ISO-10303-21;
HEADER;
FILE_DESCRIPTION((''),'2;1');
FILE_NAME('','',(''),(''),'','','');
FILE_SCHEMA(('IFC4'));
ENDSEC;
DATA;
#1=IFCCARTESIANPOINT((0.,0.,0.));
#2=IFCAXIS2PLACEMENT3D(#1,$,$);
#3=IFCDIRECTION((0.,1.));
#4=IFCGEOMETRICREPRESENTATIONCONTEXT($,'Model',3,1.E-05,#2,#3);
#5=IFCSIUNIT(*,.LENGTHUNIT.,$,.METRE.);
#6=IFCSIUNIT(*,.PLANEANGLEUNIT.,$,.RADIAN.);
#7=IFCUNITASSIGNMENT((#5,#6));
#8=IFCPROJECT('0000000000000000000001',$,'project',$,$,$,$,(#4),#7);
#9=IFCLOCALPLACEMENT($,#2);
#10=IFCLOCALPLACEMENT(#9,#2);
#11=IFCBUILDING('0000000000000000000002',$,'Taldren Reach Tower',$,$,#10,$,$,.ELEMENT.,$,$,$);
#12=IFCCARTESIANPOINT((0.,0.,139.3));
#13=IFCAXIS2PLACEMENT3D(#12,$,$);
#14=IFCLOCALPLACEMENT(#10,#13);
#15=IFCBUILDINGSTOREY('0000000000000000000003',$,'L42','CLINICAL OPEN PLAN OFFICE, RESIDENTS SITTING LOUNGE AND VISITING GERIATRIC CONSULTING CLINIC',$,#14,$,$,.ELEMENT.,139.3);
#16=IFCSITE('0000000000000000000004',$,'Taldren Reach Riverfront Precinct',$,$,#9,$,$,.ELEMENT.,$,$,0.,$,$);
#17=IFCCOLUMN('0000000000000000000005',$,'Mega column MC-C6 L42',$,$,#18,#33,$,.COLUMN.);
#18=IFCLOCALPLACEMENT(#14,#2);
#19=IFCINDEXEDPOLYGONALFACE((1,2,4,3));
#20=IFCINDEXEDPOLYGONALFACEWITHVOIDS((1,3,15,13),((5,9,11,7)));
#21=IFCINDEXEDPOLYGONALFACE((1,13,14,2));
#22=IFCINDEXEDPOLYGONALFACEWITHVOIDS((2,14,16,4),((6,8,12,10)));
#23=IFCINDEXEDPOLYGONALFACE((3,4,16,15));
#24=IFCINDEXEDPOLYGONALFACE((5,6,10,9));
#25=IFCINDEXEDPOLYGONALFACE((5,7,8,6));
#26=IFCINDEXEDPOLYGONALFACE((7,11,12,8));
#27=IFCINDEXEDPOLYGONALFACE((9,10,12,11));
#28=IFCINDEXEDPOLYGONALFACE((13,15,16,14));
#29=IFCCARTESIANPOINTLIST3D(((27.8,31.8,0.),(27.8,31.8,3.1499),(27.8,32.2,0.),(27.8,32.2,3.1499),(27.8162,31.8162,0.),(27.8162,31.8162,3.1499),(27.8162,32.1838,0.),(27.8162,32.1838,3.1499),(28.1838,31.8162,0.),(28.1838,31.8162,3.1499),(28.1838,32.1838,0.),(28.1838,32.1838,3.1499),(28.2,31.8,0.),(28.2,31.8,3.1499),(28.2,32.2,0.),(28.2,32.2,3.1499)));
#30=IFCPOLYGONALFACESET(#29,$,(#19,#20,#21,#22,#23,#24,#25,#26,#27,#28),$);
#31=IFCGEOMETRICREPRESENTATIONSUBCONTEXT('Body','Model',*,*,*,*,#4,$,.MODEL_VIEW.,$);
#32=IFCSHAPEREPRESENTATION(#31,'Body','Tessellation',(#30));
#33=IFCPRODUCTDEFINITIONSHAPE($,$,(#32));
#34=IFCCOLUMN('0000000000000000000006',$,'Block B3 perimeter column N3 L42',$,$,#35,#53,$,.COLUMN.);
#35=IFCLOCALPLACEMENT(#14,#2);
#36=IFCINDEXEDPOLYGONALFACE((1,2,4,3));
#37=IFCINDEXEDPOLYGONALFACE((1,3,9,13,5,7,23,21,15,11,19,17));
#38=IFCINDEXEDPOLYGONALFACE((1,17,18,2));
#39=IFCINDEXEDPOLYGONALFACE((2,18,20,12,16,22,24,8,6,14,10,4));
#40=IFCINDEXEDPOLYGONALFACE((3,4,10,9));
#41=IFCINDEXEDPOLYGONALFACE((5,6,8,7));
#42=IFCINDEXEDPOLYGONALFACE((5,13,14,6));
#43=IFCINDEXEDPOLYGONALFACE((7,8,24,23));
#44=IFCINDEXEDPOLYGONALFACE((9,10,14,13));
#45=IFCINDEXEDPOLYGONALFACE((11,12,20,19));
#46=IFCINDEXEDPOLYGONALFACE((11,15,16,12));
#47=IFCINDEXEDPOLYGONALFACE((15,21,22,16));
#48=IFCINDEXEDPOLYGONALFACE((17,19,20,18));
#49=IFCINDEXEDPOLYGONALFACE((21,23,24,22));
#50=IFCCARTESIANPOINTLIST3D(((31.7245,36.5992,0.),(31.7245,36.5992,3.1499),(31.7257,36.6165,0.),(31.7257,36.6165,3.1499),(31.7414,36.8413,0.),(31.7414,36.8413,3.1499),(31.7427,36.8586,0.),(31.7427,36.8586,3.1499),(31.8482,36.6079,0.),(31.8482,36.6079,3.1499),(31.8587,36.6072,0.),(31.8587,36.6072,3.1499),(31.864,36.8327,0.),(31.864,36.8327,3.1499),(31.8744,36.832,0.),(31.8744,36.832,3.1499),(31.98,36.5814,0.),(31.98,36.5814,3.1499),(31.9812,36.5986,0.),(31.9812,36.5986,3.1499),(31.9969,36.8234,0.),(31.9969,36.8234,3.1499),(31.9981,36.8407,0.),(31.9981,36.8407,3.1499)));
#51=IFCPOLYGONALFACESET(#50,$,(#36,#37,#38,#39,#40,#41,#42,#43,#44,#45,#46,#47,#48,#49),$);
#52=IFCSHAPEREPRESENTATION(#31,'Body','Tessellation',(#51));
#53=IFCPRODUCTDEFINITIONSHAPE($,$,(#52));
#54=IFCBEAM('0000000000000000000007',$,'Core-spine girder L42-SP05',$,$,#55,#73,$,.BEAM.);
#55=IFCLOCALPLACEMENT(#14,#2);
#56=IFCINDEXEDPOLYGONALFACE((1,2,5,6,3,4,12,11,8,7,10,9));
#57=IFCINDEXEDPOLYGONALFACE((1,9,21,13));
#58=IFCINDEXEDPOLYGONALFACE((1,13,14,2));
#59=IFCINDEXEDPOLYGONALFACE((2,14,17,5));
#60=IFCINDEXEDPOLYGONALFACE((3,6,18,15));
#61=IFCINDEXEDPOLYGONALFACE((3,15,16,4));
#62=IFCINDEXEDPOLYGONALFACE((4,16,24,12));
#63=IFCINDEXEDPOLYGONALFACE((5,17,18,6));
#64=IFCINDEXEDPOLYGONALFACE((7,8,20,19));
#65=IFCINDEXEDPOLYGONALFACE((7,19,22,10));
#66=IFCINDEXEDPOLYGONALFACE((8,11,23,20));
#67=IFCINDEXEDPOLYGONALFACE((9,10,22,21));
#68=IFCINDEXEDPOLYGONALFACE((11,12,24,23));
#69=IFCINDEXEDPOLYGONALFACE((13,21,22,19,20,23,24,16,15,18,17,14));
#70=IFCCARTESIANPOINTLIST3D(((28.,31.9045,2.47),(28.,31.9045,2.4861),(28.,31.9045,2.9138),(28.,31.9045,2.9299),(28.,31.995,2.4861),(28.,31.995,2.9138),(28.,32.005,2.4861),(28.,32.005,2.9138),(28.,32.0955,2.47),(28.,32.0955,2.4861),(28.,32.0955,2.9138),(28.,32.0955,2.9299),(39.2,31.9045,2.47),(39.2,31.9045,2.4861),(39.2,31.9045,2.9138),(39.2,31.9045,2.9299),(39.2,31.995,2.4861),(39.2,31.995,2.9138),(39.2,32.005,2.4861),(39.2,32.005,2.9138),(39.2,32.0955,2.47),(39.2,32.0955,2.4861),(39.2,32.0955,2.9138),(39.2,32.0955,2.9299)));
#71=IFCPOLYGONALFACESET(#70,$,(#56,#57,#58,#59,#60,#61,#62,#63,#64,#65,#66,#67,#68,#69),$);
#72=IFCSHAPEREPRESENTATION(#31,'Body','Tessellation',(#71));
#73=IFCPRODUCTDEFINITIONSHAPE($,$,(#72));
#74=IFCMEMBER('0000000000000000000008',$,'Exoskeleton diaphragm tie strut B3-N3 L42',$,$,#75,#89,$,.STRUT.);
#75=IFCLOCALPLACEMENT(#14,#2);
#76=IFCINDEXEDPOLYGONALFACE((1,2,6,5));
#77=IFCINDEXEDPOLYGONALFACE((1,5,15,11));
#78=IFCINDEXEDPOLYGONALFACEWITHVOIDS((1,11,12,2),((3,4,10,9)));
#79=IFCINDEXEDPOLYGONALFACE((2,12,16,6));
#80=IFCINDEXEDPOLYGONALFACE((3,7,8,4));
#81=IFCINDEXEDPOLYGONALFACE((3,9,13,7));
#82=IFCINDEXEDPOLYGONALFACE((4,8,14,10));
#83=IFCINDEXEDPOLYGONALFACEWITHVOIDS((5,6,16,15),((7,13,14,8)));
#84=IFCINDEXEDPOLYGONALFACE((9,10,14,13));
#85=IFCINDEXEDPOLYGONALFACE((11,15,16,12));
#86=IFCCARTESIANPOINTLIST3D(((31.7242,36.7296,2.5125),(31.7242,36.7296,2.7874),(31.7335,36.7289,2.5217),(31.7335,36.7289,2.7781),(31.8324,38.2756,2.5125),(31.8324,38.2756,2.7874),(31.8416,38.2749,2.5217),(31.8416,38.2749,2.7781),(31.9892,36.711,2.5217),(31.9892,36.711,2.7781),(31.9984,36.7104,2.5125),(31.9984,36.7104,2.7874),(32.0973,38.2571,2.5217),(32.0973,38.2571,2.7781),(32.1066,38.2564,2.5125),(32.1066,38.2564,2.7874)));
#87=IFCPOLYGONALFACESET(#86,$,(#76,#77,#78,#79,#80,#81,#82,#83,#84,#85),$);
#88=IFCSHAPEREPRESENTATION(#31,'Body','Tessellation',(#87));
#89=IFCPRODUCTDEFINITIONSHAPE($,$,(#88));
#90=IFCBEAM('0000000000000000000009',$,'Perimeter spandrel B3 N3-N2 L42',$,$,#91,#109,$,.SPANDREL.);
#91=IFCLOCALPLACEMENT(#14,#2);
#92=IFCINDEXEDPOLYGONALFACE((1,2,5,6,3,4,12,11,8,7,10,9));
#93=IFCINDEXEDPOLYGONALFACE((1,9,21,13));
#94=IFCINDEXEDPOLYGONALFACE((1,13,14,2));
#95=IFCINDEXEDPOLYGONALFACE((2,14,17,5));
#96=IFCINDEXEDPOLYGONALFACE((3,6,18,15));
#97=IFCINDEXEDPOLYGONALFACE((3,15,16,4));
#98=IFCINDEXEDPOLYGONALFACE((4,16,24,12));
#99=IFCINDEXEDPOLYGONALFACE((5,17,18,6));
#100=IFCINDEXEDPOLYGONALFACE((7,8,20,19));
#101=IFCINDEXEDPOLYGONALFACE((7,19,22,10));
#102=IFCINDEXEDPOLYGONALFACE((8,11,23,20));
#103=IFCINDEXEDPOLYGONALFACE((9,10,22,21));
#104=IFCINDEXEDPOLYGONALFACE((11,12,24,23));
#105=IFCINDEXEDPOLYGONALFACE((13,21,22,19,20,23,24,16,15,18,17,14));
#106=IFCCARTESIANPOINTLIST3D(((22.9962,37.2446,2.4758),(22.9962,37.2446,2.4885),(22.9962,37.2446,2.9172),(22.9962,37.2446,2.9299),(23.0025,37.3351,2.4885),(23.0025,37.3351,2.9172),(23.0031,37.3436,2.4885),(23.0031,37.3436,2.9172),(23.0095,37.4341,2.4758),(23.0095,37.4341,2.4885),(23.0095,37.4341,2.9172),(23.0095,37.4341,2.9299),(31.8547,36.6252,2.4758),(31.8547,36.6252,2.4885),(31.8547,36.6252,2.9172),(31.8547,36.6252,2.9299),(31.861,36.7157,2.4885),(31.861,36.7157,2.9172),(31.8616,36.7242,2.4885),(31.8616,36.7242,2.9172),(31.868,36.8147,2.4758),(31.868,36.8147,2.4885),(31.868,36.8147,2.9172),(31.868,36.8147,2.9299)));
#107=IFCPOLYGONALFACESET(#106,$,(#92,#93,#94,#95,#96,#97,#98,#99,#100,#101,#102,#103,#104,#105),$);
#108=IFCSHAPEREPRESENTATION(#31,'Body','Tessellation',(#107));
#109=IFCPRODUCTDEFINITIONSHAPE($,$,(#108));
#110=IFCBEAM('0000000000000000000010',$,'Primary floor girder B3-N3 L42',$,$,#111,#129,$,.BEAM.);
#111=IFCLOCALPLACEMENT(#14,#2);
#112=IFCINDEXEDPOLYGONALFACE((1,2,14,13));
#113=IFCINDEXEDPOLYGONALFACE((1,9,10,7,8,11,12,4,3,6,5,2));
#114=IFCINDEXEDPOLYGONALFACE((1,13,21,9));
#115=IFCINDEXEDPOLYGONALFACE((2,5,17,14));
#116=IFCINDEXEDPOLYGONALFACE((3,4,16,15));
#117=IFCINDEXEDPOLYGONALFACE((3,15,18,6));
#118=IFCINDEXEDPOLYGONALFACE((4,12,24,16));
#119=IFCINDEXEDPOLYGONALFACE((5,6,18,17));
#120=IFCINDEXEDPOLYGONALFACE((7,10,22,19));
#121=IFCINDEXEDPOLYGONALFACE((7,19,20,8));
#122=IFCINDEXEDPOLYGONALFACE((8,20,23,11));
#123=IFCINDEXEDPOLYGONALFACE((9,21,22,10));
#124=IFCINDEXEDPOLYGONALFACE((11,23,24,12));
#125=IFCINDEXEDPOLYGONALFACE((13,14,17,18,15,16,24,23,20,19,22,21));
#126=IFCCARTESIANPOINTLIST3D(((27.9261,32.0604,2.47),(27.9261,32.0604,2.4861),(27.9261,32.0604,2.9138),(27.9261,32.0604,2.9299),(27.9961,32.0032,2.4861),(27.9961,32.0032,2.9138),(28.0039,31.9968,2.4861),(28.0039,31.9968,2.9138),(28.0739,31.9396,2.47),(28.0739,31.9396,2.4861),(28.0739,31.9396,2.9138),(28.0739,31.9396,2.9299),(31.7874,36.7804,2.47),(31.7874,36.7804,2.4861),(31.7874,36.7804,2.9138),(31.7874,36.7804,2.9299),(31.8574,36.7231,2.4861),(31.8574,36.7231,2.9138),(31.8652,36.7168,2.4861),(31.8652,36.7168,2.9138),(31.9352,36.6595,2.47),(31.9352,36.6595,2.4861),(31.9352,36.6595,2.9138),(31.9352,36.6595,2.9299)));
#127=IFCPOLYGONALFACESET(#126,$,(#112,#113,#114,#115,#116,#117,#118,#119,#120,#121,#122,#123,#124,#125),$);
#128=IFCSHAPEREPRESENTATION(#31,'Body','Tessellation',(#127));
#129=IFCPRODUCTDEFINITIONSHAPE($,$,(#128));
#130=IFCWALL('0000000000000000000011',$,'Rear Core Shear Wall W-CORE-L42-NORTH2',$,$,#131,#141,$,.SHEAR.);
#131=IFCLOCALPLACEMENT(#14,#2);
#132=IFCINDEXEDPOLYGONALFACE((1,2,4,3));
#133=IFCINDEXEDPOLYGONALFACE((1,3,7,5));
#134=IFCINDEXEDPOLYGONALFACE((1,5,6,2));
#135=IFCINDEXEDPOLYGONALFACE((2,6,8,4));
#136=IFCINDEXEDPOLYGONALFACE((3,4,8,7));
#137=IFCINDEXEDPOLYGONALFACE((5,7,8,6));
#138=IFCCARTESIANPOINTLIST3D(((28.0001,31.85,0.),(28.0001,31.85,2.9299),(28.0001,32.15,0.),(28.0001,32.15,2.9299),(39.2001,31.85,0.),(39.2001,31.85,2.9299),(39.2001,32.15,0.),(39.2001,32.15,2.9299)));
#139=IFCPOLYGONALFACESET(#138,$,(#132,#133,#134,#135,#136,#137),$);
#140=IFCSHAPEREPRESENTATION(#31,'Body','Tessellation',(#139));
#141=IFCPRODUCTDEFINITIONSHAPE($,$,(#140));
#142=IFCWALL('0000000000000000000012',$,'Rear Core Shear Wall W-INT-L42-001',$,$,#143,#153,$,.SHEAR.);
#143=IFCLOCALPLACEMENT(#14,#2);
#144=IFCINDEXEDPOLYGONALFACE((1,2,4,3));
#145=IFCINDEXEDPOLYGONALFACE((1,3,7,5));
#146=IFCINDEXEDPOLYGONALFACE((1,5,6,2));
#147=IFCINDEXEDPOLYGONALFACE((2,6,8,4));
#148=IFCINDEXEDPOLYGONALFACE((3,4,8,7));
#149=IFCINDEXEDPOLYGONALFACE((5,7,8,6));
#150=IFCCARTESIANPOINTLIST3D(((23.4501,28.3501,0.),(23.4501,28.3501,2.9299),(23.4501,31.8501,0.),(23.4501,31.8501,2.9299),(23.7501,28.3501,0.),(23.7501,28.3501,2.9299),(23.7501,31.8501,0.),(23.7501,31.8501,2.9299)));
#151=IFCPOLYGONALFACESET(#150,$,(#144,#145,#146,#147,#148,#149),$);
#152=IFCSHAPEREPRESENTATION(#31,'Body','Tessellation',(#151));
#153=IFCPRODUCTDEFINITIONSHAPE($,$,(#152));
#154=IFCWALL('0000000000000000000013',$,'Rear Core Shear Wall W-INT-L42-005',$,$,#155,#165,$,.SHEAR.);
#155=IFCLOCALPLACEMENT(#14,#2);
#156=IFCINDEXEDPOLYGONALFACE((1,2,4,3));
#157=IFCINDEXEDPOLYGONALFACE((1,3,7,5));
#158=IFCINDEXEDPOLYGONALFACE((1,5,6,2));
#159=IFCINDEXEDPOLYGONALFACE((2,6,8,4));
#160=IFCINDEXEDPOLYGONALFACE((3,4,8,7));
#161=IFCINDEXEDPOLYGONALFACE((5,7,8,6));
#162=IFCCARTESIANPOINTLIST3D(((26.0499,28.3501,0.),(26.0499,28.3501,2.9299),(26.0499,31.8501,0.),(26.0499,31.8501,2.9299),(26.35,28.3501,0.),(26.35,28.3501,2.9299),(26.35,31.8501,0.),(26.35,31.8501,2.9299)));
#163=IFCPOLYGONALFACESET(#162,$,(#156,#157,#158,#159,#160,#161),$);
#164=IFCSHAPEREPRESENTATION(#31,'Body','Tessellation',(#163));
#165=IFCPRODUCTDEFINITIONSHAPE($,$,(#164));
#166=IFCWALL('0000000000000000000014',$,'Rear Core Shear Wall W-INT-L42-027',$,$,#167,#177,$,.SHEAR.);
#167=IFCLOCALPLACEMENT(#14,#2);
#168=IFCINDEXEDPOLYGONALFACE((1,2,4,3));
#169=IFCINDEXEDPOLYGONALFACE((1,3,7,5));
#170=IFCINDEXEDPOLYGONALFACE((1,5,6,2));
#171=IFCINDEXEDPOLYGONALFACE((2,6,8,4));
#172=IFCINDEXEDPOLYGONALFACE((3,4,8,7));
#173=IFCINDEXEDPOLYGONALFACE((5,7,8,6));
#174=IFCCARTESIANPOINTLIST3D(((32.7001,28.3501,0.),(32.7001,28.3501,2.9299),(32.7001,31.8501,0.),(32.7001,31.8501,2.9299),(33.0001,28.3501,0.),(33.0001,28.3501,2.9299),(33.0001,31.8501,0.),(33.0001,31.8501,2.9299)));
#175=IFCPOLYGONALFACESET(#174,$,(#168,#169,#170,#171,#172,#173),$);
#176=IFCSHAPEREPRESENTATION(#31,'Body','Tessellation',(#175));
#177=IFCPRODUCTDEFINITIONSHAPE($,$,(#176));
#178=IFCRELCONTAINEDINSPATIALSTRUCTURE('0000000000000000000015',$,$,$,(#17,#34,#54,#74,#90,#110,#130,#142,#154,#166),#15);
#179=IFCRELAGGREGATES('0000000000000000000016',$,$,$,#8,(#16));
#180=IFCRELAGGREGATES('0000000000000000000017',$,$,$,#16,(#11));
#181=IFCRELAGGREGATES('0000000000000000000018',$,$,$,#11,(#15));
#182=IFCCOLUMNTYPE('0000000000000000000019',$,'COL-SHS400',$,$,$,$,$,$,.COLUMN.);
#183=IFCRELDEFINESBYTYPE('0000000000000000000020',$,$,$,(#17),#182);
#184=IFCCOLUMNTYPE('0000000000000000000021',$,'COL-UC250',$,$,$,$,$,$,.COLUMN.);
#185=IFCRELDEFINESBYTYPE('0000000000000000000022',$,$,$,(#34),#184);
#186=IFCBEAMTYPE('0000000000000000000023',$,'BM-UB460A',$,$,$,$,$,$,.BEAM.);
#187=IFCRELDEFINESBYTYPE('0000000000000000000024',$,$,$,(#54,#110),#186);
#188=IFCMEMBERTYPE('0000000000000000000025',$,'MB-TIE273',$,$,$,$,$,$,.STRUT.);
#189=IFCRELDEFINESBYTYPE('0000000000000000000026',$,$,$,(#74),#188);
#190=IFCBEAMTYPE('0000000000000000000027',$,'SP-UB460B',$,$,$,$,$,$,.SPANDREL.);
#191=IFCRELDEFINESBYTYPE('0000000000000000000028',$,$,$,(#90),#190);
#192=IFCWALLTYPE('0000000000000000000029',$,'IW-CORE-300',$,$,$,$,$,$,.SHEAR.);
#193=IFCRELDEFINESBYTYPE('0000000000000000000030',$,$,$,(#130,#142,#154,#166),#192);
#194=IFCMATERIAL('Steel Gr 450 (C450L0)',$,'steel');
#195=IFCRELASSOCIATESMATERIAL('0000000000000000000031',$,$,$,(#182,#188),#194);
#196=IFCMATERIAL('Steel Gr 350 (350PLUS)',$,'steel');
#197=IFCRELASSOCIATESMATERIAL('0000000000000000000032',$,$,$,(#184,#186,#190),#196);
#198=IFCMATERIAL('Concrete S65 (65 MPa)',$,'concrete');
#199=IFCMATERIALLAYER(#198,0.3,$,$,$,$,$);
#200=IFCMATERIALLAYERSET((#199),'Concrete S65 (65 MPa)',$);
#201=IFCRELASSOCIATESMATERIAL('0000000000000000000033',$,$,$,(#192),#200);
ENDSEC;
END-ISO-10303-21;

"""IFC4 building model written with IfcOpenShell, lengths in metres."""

from ifc_helpers import new_model, si_unit, direction, frame, frame_2d, origin, origin_2d, place, context, subcontext, project, spatial, rectangle, hollow_rectangle, i_section, extrude, source, transform, mapped, material, layer, layer_set, material_profile, profile_set, type_object, element, save


model = new_model("IFC4")

# Units and contexts
model_context = context("Model", 3, precision=1e-05, world=origin(), true_north=direction((0.0, 1.0)))
body_context = subcontext(model_context, "Body", "Model", "MODEL_VIEW")
ifc_project = project(units=[si_unit("LENGTHUNIT", "METRE"), si_unit("PLANEANGLEUNIT", "RADIAN")], contexts=[model_context])

# Site, building, storey
site_placement = place(None, origin())
site = spatial("IfcSite", under=ifc_project, at=site_placement, Name="Taldren Reach Riverfront Precinct", CompositionType="ELEMENT", RefElevation=0.0)
building_placement = place(site_placement, origin())
building = spatial("IfcBuilding", under=site, at=building_placement, Name="Taldren Reach Tower", CompositionType="ELEMENT")
storey_placement = place(building_placement, frame((0.0, 0.0, 139.3)))
storey = spatial("IfcBuildingStorey", under=building, at=storey_placement, Name="L42", Description="CLINICAL OPEN PLAN OFFICE, RESIDENTS SITTING LOUNGE AND VISITING GERIATRIC CONSULTING CLINIC", CompositionType="ELEMENT", Elevation=139.3)

# Columns
ifc_material_1 = material(Name="Steel Gr 450 (C450L0)", Category="steel")
ifc_material_profile_1 = material_profile(ifc_material_1, hollow_rectangle(XDim=0.3999, YDim=0.3999, WallThickness=0.0161, at=origin_2d()), Name="400x400x16.0SHS")
ifc_profile_set_1 = profile_set([ifc_material_profile_1], Name="Steel Gr 450 (C450L0)")
column_type_1 = type_object("IfcColumnType", Name="COL-SHS400", PredefinedType="COLUMN", material=ifc_profile_set_1)
shared_shape_1 = source(origin(), body_context, "Body", "SweptSolid", [
    extrude(hollow_rectangle(XDim=0.3999, YDim=0.3999, WallThickness=0.0161, at=origin_2d()), origin(), (0.0, 0.0, 1.0), 3.1499),
])
column_1_placement = place(storey_placement, frame((28.0, 32.0, 0.0), z_axis=(0.0, 0.0, 1.0), x_axis=(1.0, 0.0, 0.0)))
element("IfcColumn", 1, at=column_1_placement, inside=storey, type_object=column_type_1, Name="Mega column MC-C6 L42", PredefinedType="COLUMN", context=body_context, shape_type="MappedRepresentation", body=[
    mapped(shared_shape_1, transform((0.0, 0.0, 0.0), scale=1.0)),
])
ifc_material_2 = material(Name="Steel Gr 350 (350PLUS)", Category="steel")
ifc_material_profile_2 = material_profile(ifc_material_2, i_section(OverallWidth=0.2561, OverallDepth=0.26, WebThickness=0.0105, FlangeThickness=0.0173, at=origin_2d()), Name="250UC89.5")
ifc_profile_set_2 = profile_set([ifc_material_profile_2], Name="Steel Gr 350 (350PLUS)")
column_type_2 = type_object("IfcColumnType", Name="COL-UC250", PredefinedType="COLUMN", material=ifc_profile_set_2)
shared_shape_2 = source(origin(), body_context, "Body", "SweptSolid", [
    extrude(i_section(OverallWidth=0.2561, OverallDepth=0.26, WebThickness=0.0105, FlangeThickness=0.0173, at=origin_2d()), origin(), (0.0, 0.0, 1.0), 3.1499),
])
column_2_placement = place(storey_placement, frame((31.8613, 36.72, 0.0), z_axis=(0.0, 0.0, 1.0), x_axis=(0.997564, -0.069756, 0.0)))
element("IfcColumn", 2, at=column_2_placement, inside=storey, type_object=column_type_2, Name="Block B3 perimeter column N3 L42", PredefinedType="COLUMN", context=body_context, shape_type="MappedRepresentation", body=[
    mapped(shared_shape_2, transform((0.0, 0.0, 0.0), scale=1.0)),
])

# Beam
ifc_material_profile_3 = material_profile(ifc_material_2, i_section(OverallWidth=0.1909, OverallDepth=0.46, WebThickness=0.01, FlangeThickness=0.0161, at=origin_2d()), Name="460UB82.1")
ifc_profile_set_3 = profile_set([ifc_material_profile_3], Name="Steel Gr 350 (350PLUS)")
beam_type_1 = type_object("IfcBeamType", Name="BM-UB460A", PredefinedType="BEAM", material=ifc_profile_set_3)
shared_shape_3 = source(origin(), body_context, "Body", "SweptSolid", [
    extrude(i_section(OverallWidth=0.1909, OverallDepth=0.46, WebThickness=0.01, FlangeThickness=0.0161, at=origin_2d()), origin(), (0.0, 0.0, 1.0), 11.2),
])
beam_1_placement = place(storey_placement, frame((28.0, 32.0, 2.7), z_axis=(1.0, 0.0, 0.0), x_axis=(0.0, 1.0, 0.0)))
element("IfcBeam", 3, at=beam_1_placement, inside=storey, type_object=beam_type_1, Name="Core-spine girder L42-SP05", PredefinedType="BEAM", context=body_context, shape_type="MappedRepresentation", body=[
    mapped(shared_shape_3, transform((0.0, 0.0, 0.0), scale=1.0)),
])

# Member
ifc_material_profile_4 = material_profile(ifc_material_1, hollow_rectangle(XDim=0.2749, YDim=0.2749, WallThickness=0.0093, at=origin_2d()), Name="275x275x9.3SHS")
ifc_profile_set_4 = profile_set([ifc_material_profile_4], Name="Steel Gr 450 (C450L0)")
member_type = type_object("IfcMemberType", Name="MB-TIE273", PredefinedType="STRUT", material=ifc_profile_set_4)
shared_shape_4 = source(origin(), body_context, "Body", "SweptSolid", [
    extrude(hollow_rectangle(XDim=0.2749, YDim=0.2749, WallThickness=0.0093, at=origin_2d()), origin(), (0.0, 0.0, 1.0), 1.5498),
])
member_placement = place(storey_placement, frame((31.8613, 36.72, 2.6499), z_axis=(0.069781, 0.997562, 0.0), x_axis=(-0.997562, 0.069781, 0.0)))
element("IfcMember", 4, at=member_placement, inside=storey, type_object=member_type, Name="Exoskeleton diaphragm tie strut B3-N3 L42", PredefinedType="STRUT", context=body_context, shape_type="MappedRepresentation", body=[
    mapped(shared_shape_4, transform((0.0, 0.0, 0.0), scale=1.0)),
])

# Beams
ifc_material_profile_5 = material_profile(ifc_material_2, i_section(OverallWidth=0.1899, OverallDepth=0.4541, WebThickness=0.0085, FlangeThickness=0.0127, at=origin_2d()), Name="460UB67.1")
ifc_profile_set_5 = profile_set([ifc_material_profile_5], Name="Steel Gr 350 (350PLUS)")
beam_type_2 = type_object("IfcBeamType", Name="SP-UB460B", PredefinedType="SPANDREL", material=ifc_profile_set_5)
shared_shape_5 = source(origin(), body_context, "Body", "SweptSolid", [
    extrude(i_section(OverallWidth=0.1899, OverallDepth=0.4541, WebThickness=0.0085, FlangeThickness=0.0127, at=origin_2d()), origin(), (0.0, 0.0, 1.0), 8.8801),
])
beam_2_placement = place(storey_placement, frame((31.8613, 36.72, 2.7029), z_axis=(-0.997564, 0.06975, 0.0), x_axis=(-0.06975, -0.997564, 0.0)))
element("IfcBeam", 5, at=beam_2_placement, inside=storey, type_object=beam_type_2, Name="Perimeter spandrel B3 N3-N2 L42", PredefinedType="SPANDREL", context=body_context, shape_type="MappedRepresentation", body=[
    mapped(shared_shape_5, transform((0.0, 0.0, 0.0), scale=1.0)),
])
shared_shape_6 = source(origin(), body_context, "Body", "SweptSolid", [
    extrude(i_section(OverallWidth=0.1909, OverallDepth=0.46, WebThickness=0.01, FlangeThickness=0.0161, at=origin_2d()), origin(), (0.0, 0.0, 1.0), 6.0981),
])
beam_3_placement = place(storey_placement, frame((28.0, 32.0, 2.7), z_axis=(0.633192, 0.773995, 0.0), x_axis=(-0.773995, 0.633192, 0.0)))
element("IfcBeam", 6, at=beam_3_placement, inside=storey, type_object=beam_type_1, Name="Primary floor girder B3-N3 L42", PredefinedType="BEAM", context=body_context, shape_type="MappedRepresentation", body=[
    mapped(shared_shape_6, transform((0.0, 0.0, 0.0), scale=1.0)),
])

# Walls
ifc_material_3 = material(Name="Concrete S65 (65 MPa)", Category="concrete")
ifc_layer_1 = layer(ifc_material_3, 0.3)
ifc_layer_set_1 = layer_set([ifc_layer_1], Name="Concrete S65 (65 MPa)")
wall_type_1 = type_object("IfcWallType", Name="IW-CORE-300", PredefinedType="SHEAR", material=ifc_layer_set_1)
shared_shape_7 = source(origin(), body_context, "Body", "SweptSolid", [
    extrude(rectangle(XDim=11.2, YDim=0.3, at=frame_2d((5.6001, 0.0))), origin(), (0.0, 0.0, 1.0), 2.9299),
])
wall_1_placement = place(storey_placement, frame((28.0, 32.0, 0.0), z_axis=(0.0, 0.0, 1.0), x_axis=(1.0, 0.0, 0.0)))
element("IfcWall", 7, at=wall_1_placement, inside=storey, type_object=wall_type_1, Name="Rear Core Shear Wall W-CORE-L42-NORTH2", PredefinedType="SHEAR", context=body_context, shape_type="MappedRepresentation", body=[
    mapped(shared_shape_7, transform((0.0, 0.0, 0.0), scale=1.0)),
])
shared_shape_8 = source(origin(), body_context, "Body", "SweptSolid", [
    extrude(rectangle(XDim=3.5, YDim=0.3, at=frame_2d((1.75, 0.0))), origin(), (0.0, 0.0, 1.0), 2.9299),
])
for number, where, z_axis, x_axis, name in (
    (8, (23.6001, 28.3501, 0.0), (0.0, 0.0, 1.0), (0.0, 1.0, 0.0), "Rear Core Shear Wall W-INT-L42-001"),
    (9, (26.2, 28.3501, 0.0), (0.0, 0.0, 1.0), (0.0, 1.0, 0.0), "Rear Core Shear Wall W-INT-L42-005"),
    (10, (32.8501, 31.8501, 0.0), (0.0, 0.0, 1.0), (0.0, -1.0, 0.0), "Rear Core Shear Wall W-INT-L42-027"),
):
    element("IfcWall", number, at=place(storey_placement, frame(where, z_axis=z_axis, x_axis=x_axis)), inside=storey, type_object=wall_type_1, Name=name, PredefinedType="SHEAR", context=body_context, shape_type="MappedRepresentation", body=[
        mapped(shared_shape_8, transform((0.0, 0.0, 0.0), scale=1.0)),
    ])

save(model, "model.ifc")
